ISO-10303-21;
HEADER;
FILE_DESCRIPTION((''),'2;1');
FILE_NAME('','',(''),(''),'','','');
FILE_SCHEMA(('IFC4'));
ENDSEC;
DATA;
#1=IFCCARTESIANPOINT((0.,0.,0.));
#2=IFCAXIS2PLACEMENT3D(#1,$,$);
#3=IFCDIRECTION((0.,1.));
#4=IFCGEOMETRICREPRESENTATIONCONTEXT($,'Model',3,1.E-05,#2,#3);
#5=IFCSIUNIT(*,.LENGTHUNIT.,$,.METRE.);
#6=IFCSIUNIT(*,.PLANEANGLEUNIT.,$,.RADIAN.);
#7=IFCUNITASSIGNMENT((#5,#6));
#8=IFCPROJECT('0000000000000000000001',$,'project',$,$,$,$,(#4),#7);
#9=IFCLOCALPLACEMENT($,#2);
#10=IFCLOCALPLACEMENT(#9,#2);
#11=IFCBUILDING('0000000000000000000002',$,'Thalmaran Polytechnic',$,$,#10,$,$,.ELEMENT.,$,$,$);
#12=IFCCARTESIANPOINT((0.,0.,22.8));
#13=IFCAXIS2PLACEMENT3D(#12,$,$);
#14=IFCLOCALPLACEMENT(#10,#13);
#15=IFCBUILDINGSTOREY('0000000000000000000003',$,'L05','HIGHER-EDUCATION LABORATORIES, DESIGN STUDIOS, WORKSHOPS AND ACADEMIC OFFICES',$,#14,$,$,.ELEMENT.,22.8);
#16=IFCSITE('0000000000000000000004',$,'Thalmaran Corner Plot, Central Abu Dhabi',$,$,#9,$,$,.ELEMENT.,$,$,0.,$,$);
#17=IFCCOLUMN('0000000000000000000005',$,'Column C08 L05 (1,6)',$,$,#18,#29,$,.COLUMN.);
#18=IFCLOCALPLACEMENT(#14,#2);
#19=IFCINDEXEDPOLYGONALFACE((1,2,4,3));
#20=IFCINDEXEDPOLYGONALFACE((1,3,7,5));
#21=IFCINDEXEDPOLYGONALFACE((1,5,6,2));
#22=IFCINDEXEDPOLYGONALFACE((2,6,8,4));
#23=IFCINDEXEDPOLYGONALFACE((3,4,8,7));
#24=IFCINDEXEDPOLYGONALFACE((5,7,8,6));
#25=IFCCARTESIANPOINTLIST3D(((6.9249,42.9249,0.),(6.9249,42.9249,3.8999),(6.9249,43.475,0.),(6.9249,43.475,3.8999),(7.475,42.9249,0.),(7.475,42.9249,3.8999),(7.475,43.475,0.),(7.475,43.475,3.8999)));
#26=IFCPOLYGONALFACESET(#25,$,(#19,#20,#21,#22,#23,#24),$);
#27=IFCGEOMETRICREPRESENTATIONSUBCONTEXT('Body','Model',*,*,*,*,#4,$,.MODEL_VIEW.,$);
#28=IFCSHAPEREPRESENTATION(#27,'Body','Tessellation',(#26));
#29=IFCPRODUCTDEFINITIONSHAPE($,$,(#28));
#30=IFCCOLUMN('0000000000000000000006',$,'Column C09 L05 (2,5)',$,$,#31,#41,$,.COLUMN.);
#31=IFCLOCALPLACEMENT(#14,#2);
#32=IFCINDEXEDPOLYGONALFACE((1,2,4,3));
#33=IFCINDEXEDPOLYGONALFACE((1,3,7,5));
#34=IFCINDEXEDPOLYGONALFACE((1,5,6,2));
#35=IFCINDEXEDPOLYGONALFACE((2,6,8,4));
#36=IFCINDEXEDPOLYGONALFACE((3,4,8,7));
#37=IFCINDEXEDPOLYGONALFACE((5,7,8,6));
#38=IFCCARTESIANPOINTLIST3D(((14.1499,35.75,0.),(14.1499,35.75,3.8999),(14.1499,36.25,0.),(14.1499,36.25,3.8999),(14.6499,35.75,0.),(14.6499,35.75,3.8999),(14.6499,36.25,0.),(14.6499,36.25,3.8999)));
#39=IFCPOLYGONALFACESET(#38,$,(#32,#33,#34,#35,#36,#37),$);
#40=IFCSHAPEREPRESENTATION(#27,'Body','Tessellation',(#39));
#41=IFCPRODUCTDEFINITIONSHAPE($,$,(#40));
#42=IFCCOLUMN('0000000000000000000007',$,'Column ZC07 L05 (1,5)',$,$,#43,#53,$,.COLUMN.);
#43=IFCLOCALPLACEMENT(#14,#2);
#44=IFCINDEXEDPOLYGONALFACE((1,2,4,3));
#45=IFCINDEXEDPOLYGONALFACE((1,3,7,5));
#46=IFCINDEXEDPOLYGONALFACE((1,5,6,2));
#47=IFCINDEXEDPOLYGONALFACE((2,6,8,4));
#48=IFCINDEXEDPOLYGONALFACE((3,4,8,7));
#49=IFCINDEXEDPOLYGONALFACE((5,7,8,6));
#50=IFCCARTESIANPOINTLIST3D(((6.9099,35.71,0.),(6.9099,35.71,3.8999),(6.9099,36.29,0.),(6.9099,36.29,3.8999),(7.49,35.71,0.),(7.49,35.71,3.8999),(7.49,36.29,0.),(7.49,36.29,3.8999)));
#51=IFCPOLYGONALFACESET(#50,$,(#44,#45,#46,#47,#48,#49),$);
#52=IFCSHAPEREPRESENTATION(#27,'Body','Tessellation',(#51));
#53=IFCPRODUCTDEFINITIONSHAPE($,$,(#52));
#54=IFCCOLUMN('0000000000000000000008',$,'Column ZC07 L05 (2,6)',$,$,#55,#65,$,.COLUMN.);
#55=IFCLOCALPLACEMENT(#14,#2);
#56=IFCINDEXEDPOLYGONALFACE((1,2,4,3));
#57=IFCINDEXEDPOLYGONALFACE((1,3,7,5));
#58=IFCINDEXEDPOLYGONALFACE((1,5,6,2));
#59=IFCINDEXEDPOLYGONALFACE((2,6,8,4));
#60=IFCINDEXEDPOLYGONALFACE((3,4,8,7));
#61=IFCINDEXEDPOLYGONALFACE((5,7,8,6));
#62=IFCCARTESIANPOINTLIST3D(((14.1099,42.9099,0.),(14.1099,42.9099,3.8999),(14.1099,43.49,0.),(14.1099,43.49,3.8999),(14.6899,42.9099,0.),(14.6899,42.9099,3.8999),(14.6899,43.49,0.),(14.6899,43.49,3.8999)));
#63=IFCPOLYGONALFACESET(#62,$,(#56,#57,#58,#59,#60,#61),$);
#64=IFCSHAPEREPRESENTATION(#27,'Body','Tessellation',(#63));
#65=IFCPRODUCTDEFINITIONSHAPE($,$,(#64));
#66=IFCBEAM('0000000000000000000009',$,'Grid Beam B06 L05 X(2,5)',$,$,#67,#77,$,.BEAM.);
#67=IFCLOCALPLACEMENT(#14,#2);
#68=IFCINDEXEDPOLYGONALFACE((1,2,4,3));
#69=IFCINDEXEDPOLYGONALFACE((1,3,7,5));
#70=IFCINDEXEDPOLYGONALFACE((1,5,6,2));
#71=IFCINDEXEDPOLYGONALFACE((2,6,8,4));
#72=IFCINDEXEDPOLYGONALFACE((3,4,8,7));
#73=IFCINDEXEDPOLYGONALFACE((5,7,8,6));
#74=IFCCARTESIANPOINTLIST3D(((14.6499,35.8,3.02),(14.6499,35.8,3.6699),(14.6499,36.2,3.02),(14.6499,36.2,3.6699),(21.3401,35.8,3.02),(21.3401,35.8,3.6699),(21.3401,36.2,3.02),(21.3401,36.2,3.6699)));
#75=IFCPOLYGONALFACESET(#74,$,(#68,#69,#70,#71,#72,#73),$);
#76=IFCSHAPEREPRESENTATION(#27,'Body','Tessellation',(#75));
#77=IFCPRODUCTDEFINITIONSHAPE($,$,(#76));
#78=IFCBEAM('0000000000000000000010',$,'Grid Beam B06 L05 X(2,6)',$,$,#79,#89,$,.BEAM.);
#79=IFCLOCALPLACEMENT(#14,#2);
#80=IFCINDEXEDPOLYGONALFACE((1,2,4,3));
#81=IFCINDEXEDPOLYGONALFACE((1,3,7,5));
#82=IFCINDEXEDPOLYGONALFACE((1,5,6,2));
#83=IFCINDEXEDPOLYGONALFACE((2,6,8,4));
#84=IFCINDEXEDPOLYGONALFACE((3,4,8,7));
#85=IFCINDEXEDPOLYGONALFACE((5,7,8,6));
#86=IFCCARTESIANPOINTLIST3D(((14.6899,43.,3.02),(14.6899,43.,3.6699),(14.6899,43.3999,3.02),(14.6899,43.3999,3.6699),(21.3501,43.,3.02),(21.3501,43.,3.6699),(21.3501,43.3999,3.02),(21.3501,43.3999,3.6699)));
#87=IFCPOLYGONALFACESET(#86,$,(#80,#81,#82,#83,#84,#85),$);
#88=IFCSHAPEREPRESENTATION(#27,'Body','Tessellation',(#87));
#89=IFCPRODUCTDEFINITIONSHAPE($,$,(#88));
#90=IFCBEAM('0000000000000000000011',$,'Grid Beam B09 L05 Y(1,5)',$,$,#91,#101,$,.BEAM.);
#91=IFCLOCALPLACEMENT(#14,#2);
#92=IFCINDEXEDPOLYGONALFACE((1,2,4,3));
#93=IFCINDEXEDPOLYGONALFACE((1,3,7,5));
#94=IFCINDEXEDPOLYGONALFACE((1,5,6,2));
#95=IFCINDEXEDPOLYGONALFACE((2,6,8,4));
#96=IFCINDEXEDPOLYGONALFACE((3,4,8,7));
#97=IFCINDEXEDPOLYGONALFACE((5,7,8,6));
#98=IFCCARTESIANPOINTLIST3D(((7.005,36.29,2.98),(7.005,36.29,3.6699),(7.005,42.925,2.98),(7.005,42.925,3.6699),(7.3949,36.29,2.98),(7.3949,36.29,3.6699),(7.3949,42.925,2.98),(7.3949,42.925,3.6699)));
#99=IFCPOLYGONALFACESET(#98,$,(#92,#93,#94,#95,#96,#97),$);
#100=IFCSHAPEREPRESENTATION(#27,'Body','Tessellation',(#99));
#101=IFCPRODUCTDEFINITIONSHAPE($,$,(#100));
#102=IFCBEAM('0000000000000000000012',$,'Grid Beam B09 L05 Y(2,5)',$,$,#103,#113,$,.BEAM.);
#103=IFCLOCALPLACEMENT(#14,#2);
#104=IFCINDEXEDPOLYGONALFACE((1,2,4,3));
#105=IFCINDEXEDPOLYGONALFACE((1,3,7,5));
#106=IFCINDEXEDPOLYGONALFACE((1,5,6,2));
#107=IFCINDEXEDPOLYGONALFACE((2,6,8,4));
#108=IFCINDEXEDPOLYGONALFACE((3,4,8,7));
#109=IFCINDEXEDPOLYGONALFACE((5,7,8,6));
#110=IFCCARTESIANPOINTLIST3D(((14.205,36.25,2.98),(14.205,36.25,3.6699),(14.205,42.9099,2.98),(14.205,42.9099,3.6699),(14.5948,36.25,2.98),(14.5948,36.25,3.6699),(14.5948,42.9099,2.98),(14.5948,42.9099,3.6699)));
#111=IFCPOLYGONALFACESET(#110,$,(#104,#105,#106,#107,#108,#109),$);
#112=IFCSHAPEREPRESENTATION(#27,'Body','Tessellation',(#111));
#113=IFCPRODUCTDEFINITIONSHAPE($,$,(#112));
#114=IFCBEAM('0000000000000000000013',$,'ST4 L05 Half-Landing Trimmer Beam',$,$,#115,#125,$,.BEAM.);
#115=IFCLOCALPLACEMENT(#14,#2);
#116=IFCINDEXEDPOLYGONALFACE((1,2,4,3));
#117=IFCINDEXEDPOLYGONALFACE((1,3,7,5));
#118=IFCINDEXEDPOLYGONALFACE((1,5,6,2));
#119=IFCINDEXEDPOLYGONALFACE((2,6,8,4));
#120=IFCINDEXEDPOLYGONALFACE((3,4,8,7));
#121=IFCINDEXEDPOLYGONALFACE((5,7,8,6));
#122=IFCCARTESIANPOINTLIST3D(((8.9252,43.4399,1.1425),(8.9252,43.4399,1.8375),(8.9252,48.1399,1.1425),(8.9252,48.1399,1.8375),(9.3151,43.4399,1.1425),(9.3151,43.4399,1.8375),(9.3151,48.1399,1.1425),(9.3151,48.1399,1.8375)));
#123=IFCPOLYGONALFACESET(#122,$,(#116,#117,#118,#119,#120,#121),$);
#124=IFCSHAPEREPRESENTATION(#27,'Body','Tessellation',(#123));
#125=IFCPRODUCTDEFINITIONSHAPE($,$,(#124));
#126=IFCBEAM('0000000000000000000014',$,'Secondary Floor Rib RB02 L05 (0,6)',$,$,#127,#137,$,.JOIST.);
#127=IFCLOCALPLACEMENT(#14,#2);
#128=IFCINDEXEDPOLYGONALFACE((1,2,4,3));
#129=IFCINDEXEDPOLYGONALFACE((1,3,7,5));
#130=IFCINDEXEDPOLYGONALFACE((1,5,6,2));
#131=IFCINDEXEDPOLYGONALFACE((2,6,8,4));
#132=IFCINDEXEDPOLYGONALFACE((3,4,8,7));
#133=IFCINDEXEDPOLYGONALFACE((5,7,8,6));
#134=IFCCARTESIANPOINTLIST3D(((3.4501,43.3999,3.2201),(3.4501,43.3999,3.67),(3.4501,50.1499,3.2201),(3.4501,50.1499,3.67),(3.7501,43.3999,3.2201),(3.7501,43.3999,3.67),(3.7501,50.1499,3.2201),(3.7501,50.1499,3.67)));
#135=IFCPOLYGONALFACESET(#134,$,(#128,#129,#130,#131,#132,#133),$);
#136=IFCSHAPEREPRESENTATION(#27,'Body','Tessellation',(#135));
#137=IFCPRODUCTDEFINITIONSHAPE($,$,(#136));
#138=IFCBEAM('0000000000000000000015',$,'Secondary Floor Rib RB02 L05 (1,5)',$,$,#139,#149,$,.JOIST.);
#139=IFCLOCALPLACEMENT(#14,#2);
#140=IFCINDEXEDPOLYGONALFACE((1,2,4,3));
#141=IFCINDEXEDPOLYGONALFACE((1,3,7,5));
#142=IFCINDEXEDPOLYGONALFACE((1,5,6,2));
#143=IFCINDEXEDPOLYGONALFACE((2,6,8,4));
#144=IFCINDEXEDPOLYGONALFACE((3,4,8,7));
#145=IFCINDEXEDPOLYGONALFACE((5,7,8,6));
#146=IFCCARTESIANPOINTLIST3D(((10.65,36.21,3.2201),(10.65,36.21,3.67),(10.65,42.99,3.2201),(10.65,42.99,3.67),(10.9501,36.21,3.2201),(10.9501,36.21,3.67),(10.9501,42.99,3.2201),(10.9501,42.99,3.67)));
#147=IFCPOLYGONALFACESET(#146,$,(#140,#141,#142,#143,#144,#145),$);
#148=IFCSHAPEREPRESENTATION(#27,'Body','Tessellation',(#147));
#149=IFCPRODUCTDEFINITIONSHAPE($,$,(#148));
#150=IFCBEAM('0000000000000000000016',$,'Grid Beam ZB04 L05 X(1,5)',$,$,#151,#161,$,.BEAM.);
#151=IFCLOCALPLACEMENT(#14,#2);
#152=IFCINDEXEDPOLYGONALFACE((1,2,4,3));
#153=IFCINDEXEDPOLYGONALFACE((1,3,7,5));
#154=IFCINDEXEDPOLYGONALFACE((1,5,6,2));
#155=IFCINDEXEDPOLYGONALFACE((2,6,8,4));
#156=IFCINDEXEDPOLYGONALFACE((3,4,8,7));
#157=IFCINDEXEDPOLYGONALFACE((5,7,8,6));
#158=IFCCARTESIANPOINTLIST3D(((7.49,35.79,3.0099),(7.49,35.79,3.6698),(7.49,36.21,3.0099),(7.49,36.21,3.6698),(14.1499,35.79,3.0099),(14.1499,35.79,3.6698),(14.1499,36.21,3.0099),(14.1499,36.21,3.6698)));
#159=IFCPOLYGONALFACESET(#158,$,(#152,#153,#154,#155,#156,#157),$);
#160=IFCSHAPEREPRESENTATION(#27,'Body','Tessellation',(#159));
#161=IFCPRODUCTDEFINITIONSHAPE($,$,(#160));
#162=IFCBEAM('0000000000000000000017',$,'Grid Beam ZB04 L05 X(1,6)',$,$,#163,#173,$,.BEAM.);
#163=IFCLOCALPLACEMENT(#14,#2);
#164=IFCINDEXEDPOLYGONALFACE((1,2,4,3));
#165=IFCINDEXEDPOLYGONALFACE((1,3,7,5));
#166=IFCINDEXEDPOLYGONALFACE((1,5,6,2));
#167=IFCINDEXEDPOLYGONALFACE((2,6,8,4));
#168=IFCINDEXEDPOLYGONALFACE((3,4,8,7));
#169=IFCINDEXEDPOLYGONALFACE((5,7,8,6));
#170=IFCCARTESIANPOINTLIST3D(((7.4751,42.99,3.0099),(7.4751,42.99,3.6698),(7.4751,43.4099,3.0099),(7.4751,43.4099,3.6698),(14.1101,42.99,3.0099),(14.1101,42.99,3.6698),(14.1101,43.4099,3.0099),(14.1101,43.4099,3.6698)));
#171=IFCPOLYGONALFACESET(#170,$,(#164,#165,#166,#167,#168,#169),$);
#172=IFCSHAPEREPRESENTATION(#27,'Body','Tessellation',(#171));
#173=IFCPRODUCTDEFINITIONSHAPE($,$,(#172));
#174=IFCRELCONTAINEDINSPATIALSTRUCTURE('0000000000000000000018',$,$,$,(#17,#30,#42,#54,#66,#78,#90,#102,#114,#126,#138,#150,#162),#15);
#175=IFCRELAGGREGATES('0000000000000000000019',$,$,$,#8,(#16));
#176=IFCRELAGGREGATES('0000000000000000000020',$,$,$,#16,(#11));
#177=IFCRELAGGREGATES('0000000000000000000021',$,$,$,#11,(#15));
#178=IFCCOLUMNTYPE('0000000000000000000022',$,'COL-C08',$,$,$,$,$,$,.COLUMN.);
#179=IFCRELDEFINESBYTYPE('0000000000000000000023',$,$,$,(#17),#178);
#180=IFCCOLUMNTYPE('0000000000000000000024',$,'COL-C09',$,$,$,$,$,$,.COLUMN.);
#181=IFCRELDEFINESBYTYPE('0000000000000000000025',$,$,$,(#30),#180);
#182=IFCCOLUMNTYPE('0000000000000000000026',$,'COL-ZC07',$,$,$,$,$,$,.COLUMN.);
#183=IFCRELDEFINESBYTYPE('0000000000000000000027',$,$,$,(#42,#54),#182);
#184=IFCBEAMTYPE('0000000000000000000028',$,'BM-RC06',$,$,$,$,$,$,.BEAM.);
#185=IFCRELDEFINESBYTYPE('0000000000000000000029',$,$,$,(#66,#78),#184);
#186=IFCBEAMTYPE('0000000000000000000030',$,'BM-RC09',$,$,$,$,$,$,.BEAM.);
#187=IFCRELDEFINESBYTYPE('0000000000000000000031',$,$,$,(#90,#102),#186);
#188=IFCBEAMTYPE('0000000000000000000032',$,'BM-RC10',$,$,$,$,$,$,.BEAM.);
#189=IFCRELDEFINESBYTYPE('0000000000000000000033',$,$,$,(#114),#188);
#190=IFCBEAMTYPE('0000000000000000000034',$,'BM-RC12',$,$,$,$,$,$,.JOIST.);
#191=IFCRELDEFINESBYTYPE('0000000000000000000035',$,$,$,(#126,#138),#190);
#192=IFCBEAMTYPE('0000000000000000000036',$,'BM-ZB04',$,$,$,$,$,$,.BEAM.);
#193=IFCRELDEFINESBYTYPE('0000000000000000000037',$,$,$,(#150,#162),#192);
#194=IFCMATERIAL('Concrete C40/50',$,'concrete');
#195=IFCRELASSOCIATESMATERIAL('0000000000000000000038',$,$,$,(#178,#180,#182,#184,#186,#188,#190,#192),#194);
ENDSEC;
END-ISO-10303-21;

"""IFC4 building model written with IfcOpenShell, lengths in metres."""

from ifc_helpers import new_model, si_unit, direction, frame, origin, origin_2d, place, context, subcontext, project, spatial, rectangle, extrude, material, material_profile, profile_set, type_object, element, save


model = new_model("IFC4")

# Units and contexts
model_context = context("Model", 3, precision=1e-05, world=origin(), true_north=direction((0.0, 1.0)))
body_context = subcontext(model_context, "Body", "Model", "MODEL_VIEW")
ifc_project = project(units=[si_unit("LENGTHUNIT", "METRE"), si_unit("PLANEANGLEUNIT", "RADIAN")], contexts=[model_context])

# Site, building, storey
site_placement = place(None, origin())
site = spatial("IfcSite", under=ifc_project, at=site_placement, Name="Thalmaran Corner Plot, Central Abu Dhabi", CompositionType="ELEMENT", RefElevation=0.0)
building_placement = place(site_placement, origin())
building = spatial("IfcBuilding", under=site, at=building_placement, Name="Thalmaran Polytechnic", CompositionType="ELEMENT")
storey_placement = place(building_placement, frame((0.0, 0.0, 22.8)))
storey = spatial("IfcBuildingStorey", under=building, at=storey_placement, Name="L05", Description="HIGHER-EDUCATION LABORATORIES, DESIGN STUDIOS, WORKSHOPS AND ACADEMIC OFFICES", CompositionType="ELEMENT", Elevation=22.8)

# Columns
ifc_material_1 = material(Name="Concrete C40/50", Category="concrete")
ifc_material_profile_1 = material_profile(ifc_material_1, rectangle(XDim=0.55, YDim=0.55, at=origin_2d()), Name="RC 550x550")
ifc_profile_set_1 = profile_set([ifc_material_profile_1], Name="Concrete C40/50")
column_type_1 = type_object("IfcColumnType", Name="COL-C08", PredefinedType="COLUMN", material=ifc_profile_set_1)
column_1_placement = place(storey_placement, frame((7.2, 43.2, 0.0), z_axis=(0.0, 0.0, 1.0), x_axis=(1.0, 0.0, 0.0)))
element("IfcColumn", 1, at=column_1_placement, inside=storey, type_object=column_type_1, Name="Column C08 L05 (1,6)", PredefinedType="COLUMN", context=body_context, shape_type="SweptSolid", body=[
    extrude(rectangle(XDim=0.55, YDim=0.55, at=origin_2d()), origin(), (0.0, 0.0, 1.0), 3.8999),
])
ifc_material_profile_2 = material_profile(ifc_material_1, rectangle(XDim=0.5, YDim=0.5, at=origin_2d()), Name="RC 500x500")
ifc_profile_set_2 = profile_set([ifc_material_profile_2], Name="Concrete C40/50")
column_type_2 = type_object("IfcColumnType", Name="COL-C09", PredefinedType="COLUMN", material=ifc_profile_set_2)
column_2_placement = place(storey_placement, frame((14.3999, 36.0, 0.0), z_axis=(0.0, 0.0, 1.0), x_axis=(1.0, 0.0, 0.0)))
element("IfcColumn", 2, at=column_2_placement, inside=storey, type_object=column_type_2, Name="Column C09 L05 (2,5)", PredefinedType="COLUMN", context=body_context, shape_type="SweptSolid", body=[
    extrude(rectangle(XDim=0.5, YDim=0.5, at=origin_2d()), origin(), (0.0, 0.0, 1.0), 3.8999),
])
ifc_material_profile_3 = material_profile(ifc_material_1, rectangle(XDim=0.5801, YDim=0.5801, at=origin_2d()), Name="RC 580x580")
ifc_profile_set_3 = profile_set([ifc_material_profile_3], Name="Concrete C40/50")
column_type_3 = type_object("IfcColumnType", Name="COL-ZC07", PredefinedType="COLUMN", material=ifc_profile_set_3)
for number, where, z_axis, x_axis, name in (
    (3, (7.2, 36.0, 0.0), (0.0, 0.0, 1.0), (1.0, 0.0, 0.0), "Column ZC07 L05 (1,5)"),
    (4, (14.3999, 43.2, 0.0), (0.0, 0.0, 1.0), (1.0, 0.0, 0.0), "Column ZC07 L05 (2,6)"),
):
    element("IfcColumn", number, at=place(storey_placement, frame(where, z_axis=z_axis, x_axis=x_axis)), inside=storey, type_object=column_type_3, Name=name, PredefinedType="COLUMN", context=body_context, shape_type="SweptSolid", body=[
        extrude(rectangle(XDim=0.5801, YDim=0.5801, at=origin_2d()), origin(), (0.0, 0.0, 1.0), 3.8999),
    ])

# Beams
ifc_material_profile_4 = material_profile(ifc_material_1, rectangle(XDim=0.3999, YDim=0.6499, at=origin_2d()), Name="RC 400x650")
ifc_profile_set_4 = profile_set([ifc_material_profile_4], Name="Concrete C40/50")
beam_type_1 = type_object("IfcBeamType", Name="BM-RC06", PredefinedType="BEAM", material=ifc_profile_set_4)
beam_1_placement = place(storey_placement, frame((14.6499, 36.0, 3.345), z_axis=(1.0, 0.0, 0.0), x_axis=(0.0, 1.0, 0.0)))
element("IfcBeam", 5, at=beam_1_placement, inside=storey, type_object=beam_type_1, Name="Grid Beam B06 L05 X(2,5)", PredefinedType="BEAM", context=body_context, shape_type="SweptSolid", body=[
    extrude(rectangle(XDim=0.3999, YDim=0.6499, at=origin_2d()), origin(), (0.0, 0.0, 1.0), 6.6902),
])
beam_2_placement = place(storey_placement, frame((14.6899, 43.2, 3.345), z_axis=(1.0, 0.0, 0.0), x_axis=(0.0, 1.0, 0.0)))
element("IfcBeam", 6, at=beam_2_placement, inside=storey, type_object=beam_type_1, Name="Grid Beam B06 L05 X(2,6)", PredefinedType="BEAM", context=body_context, shape_type="SweptSolid", body=[
    extrude(rectangle(XDim=0.3999, YDim=0.6499, at=origin_2d()), origin(), (0.0, 0.0, 1.0), 6.6602),
])
ifc_material_profile_5 = material_profile(ifc_material_1, rectangle(XDim=0.3899, YDim=0.6899, at=origin_2d()), Name="RC 390x690")
ifc_profile_set_5 = profile_set([ifc_material_profile_5], Name="Concrete C40/50")
beam_type_2 = type_object("IfcBeamType", Name="BM-RC09", PredefinedType="BEAM", material=ifc_profile_set_5)
beam_3_placement = place(storey_placement, frame((7.2, 36.29, 3.325), z_axis=(0.0, 1.0, 0.0), x_axis=(-1.0, 0.0, 0.0)))
element("IfcBeam", 7, at=beam_3_placement, inside=storey, type_object=beam_type_2, Name="Grid Beam B09 L05 Y(1,5)", PredefinedType="BEAM", context=body_context, shape_type="SweptSolid", body=[
    extrude(rectangle(XDim=0.3899, YDim=0.6899, at=origin_2d()), origin(), (0.0, 0.0, 1.0), 6.635),
])
beam_4_placement = place(storey_placement, frame((14.3999, 36.25, 3.325), z_axis=(0.0, 1.0, 0.0), x_axis=(-1.0, 0.0, 0.0)))
element("IfcBeam", 8, at=beam_4_placement, inside=storey, type_object=beam_type_2, Name="Grid Beam B09 L05 Y(2,5)", PredefinedType="BEAM", context=body_context, shape_type="SweptSolid", body=[
    extrude(rectangle(XDim=0.3899, YDim=0.6899, at=origin_2d()), origin(), (0.0, 0.0, 1.0), 6.6599),
])
ifc_material_profile_6 = material_profile(ifc_material_1, rectangle(XDim=0.3899, YDim=0.6951, at=origin_2d()), Name="RC 390x695")
ifc_profile_set_6 = profile_set([ifc_material_profile_6], Name="Concrete C40/50")
beam_type_3 = type_object("IfcBeamType", Name="BM-RC10", PredefinedType="BEAM", material=ifc_profile_set_6)
beam_5_placement = place(storey_placement, frame((9.1201, 43.4399, 1.49), z_axis=(0.0, 1.0, 0.0), x_axis=(-1.0, 0.0, 0.0)))
element("IfcBeam", 9, at=beam_5_placement, inside=storey, type_object=beam_type_3, Name="ST4 L05 Half-Landing Trimmer Beam", PredefinedType="BEAM", context=body_context, shape_type="SweptSolid", body=[
    extrude(rectangle(XDim=0.3899, YDim=0.6951, at=origin_2d()), origin(), (0.0, 0.0, 1.0), 4.7),
])
ifc_material_profile_7 = material_profile(ifc_material_1, rectangle(XDim=0.3, YDim=0.45, at=origin_2d()), Name="RC 300x450")
ifc_profile_set_7 = profile_set([ifc_material_profile_7], Name="Concrete C40/50")
beam_type_4 = type_object("IfcBeamType", Name="BM-RC12", PredefinedType="JOIST", material=ifc_profile_set_7)
beam_6_placement = place(storey_placement, frame((3.6001, 43.3999, 3.4451), z_axis=(0.0, 1.0, 0.0), x_axis=(-1.0, 0.0, 0.0)))
element("IfcBeam", 10, at=beam_6_placement, inside=storey, type_object=beam_type_4, Name="Secondary Floor Rib RB02 L05 (0,6)", PredefinedType="JOIST", context=body_context, shape_type="SweptSolid", body=[
    extrude(rectangle(XDim=0.3, YDim=0.45, at=origin_2d()), origin(), (0.0, 0.0, 1.0), 6.75),
])
beam_7_placement = place(storey_placement, frame((10.8, 36.21, 3.4451), z_axis=(0.0, 1.0, 0.0), x_axis=(-1.0, 0.0, 0.0)))
element("IfcBeam", 11, at=beam_7_placement, inside=storey, type_object=beam_type_4, Name="Secondary Floor Rib RB02 L05 (1,5)", PredefinedType="JOIST", context=body_context, shape_type="SweptSolid", body=[
    extrude(rectangle(XDim=0.3, YDim=0.45, at=origin_2d()), origin(), (0.0, 0.0, 1.0), 6.78),
])
ifc_material_profile_8 = material_profile(ifc_material_1, rectangle(XDim=0.4199, YDim=0.6599, at=origin_2d()), Name="RC 420x660")
ifc_profile_set_8 = profile_set([ifc_material_profile_8], Name="Concrete C40/50")
beam_type_5 = type_object("IfcBeamType", Name="BM-ZB04", PredefinedType="BEAM", material=ifc_profile_set_8)
beam_8_placement = place(storey_placement, frame((7.49, 36.0, 3.3398), z_axis=(1.0, 0.0, 0.0), x_axis=(0.0, 1.0, 0.0)))
element("IfcBeam", 12, at=beam_8_placement, inside=storey, type_object=beam_type_5, Name="Grid Beam ZB04 L05 X(1,5)", PredefinedType="BEAM", context=body_context, shape_type="SweptSolid", body=[
    extrude(rectangle(XDim=0.4199, YDim=0.6599, at=origin_2d()), origin(), (0.0, 0.0, 1.0), 6.6599),
])
beam_9_placement = place(storey_placement, frame((7.4751, 43.2, 3.3398), z_axis=(1.0, 0.0, 0.0), x_axis=(0.0, 1.0, 0.0)))
element("IfcBeam", 13, at=beam_9_placement, inside=storey, type_object=beam_type_5, Name="Grid Beam ZB04 L05 X(1,6)", PredefinedType="BEAM", context=body_context, shape_type="SweptSolid", body=[
    extrude(rectangle(XDim=0.4199, YDim=0.6599, at=origin_2d()), origin(), (0.0, 0.0, 1.0), 6.635),
])

save(model, "model.ifc")
